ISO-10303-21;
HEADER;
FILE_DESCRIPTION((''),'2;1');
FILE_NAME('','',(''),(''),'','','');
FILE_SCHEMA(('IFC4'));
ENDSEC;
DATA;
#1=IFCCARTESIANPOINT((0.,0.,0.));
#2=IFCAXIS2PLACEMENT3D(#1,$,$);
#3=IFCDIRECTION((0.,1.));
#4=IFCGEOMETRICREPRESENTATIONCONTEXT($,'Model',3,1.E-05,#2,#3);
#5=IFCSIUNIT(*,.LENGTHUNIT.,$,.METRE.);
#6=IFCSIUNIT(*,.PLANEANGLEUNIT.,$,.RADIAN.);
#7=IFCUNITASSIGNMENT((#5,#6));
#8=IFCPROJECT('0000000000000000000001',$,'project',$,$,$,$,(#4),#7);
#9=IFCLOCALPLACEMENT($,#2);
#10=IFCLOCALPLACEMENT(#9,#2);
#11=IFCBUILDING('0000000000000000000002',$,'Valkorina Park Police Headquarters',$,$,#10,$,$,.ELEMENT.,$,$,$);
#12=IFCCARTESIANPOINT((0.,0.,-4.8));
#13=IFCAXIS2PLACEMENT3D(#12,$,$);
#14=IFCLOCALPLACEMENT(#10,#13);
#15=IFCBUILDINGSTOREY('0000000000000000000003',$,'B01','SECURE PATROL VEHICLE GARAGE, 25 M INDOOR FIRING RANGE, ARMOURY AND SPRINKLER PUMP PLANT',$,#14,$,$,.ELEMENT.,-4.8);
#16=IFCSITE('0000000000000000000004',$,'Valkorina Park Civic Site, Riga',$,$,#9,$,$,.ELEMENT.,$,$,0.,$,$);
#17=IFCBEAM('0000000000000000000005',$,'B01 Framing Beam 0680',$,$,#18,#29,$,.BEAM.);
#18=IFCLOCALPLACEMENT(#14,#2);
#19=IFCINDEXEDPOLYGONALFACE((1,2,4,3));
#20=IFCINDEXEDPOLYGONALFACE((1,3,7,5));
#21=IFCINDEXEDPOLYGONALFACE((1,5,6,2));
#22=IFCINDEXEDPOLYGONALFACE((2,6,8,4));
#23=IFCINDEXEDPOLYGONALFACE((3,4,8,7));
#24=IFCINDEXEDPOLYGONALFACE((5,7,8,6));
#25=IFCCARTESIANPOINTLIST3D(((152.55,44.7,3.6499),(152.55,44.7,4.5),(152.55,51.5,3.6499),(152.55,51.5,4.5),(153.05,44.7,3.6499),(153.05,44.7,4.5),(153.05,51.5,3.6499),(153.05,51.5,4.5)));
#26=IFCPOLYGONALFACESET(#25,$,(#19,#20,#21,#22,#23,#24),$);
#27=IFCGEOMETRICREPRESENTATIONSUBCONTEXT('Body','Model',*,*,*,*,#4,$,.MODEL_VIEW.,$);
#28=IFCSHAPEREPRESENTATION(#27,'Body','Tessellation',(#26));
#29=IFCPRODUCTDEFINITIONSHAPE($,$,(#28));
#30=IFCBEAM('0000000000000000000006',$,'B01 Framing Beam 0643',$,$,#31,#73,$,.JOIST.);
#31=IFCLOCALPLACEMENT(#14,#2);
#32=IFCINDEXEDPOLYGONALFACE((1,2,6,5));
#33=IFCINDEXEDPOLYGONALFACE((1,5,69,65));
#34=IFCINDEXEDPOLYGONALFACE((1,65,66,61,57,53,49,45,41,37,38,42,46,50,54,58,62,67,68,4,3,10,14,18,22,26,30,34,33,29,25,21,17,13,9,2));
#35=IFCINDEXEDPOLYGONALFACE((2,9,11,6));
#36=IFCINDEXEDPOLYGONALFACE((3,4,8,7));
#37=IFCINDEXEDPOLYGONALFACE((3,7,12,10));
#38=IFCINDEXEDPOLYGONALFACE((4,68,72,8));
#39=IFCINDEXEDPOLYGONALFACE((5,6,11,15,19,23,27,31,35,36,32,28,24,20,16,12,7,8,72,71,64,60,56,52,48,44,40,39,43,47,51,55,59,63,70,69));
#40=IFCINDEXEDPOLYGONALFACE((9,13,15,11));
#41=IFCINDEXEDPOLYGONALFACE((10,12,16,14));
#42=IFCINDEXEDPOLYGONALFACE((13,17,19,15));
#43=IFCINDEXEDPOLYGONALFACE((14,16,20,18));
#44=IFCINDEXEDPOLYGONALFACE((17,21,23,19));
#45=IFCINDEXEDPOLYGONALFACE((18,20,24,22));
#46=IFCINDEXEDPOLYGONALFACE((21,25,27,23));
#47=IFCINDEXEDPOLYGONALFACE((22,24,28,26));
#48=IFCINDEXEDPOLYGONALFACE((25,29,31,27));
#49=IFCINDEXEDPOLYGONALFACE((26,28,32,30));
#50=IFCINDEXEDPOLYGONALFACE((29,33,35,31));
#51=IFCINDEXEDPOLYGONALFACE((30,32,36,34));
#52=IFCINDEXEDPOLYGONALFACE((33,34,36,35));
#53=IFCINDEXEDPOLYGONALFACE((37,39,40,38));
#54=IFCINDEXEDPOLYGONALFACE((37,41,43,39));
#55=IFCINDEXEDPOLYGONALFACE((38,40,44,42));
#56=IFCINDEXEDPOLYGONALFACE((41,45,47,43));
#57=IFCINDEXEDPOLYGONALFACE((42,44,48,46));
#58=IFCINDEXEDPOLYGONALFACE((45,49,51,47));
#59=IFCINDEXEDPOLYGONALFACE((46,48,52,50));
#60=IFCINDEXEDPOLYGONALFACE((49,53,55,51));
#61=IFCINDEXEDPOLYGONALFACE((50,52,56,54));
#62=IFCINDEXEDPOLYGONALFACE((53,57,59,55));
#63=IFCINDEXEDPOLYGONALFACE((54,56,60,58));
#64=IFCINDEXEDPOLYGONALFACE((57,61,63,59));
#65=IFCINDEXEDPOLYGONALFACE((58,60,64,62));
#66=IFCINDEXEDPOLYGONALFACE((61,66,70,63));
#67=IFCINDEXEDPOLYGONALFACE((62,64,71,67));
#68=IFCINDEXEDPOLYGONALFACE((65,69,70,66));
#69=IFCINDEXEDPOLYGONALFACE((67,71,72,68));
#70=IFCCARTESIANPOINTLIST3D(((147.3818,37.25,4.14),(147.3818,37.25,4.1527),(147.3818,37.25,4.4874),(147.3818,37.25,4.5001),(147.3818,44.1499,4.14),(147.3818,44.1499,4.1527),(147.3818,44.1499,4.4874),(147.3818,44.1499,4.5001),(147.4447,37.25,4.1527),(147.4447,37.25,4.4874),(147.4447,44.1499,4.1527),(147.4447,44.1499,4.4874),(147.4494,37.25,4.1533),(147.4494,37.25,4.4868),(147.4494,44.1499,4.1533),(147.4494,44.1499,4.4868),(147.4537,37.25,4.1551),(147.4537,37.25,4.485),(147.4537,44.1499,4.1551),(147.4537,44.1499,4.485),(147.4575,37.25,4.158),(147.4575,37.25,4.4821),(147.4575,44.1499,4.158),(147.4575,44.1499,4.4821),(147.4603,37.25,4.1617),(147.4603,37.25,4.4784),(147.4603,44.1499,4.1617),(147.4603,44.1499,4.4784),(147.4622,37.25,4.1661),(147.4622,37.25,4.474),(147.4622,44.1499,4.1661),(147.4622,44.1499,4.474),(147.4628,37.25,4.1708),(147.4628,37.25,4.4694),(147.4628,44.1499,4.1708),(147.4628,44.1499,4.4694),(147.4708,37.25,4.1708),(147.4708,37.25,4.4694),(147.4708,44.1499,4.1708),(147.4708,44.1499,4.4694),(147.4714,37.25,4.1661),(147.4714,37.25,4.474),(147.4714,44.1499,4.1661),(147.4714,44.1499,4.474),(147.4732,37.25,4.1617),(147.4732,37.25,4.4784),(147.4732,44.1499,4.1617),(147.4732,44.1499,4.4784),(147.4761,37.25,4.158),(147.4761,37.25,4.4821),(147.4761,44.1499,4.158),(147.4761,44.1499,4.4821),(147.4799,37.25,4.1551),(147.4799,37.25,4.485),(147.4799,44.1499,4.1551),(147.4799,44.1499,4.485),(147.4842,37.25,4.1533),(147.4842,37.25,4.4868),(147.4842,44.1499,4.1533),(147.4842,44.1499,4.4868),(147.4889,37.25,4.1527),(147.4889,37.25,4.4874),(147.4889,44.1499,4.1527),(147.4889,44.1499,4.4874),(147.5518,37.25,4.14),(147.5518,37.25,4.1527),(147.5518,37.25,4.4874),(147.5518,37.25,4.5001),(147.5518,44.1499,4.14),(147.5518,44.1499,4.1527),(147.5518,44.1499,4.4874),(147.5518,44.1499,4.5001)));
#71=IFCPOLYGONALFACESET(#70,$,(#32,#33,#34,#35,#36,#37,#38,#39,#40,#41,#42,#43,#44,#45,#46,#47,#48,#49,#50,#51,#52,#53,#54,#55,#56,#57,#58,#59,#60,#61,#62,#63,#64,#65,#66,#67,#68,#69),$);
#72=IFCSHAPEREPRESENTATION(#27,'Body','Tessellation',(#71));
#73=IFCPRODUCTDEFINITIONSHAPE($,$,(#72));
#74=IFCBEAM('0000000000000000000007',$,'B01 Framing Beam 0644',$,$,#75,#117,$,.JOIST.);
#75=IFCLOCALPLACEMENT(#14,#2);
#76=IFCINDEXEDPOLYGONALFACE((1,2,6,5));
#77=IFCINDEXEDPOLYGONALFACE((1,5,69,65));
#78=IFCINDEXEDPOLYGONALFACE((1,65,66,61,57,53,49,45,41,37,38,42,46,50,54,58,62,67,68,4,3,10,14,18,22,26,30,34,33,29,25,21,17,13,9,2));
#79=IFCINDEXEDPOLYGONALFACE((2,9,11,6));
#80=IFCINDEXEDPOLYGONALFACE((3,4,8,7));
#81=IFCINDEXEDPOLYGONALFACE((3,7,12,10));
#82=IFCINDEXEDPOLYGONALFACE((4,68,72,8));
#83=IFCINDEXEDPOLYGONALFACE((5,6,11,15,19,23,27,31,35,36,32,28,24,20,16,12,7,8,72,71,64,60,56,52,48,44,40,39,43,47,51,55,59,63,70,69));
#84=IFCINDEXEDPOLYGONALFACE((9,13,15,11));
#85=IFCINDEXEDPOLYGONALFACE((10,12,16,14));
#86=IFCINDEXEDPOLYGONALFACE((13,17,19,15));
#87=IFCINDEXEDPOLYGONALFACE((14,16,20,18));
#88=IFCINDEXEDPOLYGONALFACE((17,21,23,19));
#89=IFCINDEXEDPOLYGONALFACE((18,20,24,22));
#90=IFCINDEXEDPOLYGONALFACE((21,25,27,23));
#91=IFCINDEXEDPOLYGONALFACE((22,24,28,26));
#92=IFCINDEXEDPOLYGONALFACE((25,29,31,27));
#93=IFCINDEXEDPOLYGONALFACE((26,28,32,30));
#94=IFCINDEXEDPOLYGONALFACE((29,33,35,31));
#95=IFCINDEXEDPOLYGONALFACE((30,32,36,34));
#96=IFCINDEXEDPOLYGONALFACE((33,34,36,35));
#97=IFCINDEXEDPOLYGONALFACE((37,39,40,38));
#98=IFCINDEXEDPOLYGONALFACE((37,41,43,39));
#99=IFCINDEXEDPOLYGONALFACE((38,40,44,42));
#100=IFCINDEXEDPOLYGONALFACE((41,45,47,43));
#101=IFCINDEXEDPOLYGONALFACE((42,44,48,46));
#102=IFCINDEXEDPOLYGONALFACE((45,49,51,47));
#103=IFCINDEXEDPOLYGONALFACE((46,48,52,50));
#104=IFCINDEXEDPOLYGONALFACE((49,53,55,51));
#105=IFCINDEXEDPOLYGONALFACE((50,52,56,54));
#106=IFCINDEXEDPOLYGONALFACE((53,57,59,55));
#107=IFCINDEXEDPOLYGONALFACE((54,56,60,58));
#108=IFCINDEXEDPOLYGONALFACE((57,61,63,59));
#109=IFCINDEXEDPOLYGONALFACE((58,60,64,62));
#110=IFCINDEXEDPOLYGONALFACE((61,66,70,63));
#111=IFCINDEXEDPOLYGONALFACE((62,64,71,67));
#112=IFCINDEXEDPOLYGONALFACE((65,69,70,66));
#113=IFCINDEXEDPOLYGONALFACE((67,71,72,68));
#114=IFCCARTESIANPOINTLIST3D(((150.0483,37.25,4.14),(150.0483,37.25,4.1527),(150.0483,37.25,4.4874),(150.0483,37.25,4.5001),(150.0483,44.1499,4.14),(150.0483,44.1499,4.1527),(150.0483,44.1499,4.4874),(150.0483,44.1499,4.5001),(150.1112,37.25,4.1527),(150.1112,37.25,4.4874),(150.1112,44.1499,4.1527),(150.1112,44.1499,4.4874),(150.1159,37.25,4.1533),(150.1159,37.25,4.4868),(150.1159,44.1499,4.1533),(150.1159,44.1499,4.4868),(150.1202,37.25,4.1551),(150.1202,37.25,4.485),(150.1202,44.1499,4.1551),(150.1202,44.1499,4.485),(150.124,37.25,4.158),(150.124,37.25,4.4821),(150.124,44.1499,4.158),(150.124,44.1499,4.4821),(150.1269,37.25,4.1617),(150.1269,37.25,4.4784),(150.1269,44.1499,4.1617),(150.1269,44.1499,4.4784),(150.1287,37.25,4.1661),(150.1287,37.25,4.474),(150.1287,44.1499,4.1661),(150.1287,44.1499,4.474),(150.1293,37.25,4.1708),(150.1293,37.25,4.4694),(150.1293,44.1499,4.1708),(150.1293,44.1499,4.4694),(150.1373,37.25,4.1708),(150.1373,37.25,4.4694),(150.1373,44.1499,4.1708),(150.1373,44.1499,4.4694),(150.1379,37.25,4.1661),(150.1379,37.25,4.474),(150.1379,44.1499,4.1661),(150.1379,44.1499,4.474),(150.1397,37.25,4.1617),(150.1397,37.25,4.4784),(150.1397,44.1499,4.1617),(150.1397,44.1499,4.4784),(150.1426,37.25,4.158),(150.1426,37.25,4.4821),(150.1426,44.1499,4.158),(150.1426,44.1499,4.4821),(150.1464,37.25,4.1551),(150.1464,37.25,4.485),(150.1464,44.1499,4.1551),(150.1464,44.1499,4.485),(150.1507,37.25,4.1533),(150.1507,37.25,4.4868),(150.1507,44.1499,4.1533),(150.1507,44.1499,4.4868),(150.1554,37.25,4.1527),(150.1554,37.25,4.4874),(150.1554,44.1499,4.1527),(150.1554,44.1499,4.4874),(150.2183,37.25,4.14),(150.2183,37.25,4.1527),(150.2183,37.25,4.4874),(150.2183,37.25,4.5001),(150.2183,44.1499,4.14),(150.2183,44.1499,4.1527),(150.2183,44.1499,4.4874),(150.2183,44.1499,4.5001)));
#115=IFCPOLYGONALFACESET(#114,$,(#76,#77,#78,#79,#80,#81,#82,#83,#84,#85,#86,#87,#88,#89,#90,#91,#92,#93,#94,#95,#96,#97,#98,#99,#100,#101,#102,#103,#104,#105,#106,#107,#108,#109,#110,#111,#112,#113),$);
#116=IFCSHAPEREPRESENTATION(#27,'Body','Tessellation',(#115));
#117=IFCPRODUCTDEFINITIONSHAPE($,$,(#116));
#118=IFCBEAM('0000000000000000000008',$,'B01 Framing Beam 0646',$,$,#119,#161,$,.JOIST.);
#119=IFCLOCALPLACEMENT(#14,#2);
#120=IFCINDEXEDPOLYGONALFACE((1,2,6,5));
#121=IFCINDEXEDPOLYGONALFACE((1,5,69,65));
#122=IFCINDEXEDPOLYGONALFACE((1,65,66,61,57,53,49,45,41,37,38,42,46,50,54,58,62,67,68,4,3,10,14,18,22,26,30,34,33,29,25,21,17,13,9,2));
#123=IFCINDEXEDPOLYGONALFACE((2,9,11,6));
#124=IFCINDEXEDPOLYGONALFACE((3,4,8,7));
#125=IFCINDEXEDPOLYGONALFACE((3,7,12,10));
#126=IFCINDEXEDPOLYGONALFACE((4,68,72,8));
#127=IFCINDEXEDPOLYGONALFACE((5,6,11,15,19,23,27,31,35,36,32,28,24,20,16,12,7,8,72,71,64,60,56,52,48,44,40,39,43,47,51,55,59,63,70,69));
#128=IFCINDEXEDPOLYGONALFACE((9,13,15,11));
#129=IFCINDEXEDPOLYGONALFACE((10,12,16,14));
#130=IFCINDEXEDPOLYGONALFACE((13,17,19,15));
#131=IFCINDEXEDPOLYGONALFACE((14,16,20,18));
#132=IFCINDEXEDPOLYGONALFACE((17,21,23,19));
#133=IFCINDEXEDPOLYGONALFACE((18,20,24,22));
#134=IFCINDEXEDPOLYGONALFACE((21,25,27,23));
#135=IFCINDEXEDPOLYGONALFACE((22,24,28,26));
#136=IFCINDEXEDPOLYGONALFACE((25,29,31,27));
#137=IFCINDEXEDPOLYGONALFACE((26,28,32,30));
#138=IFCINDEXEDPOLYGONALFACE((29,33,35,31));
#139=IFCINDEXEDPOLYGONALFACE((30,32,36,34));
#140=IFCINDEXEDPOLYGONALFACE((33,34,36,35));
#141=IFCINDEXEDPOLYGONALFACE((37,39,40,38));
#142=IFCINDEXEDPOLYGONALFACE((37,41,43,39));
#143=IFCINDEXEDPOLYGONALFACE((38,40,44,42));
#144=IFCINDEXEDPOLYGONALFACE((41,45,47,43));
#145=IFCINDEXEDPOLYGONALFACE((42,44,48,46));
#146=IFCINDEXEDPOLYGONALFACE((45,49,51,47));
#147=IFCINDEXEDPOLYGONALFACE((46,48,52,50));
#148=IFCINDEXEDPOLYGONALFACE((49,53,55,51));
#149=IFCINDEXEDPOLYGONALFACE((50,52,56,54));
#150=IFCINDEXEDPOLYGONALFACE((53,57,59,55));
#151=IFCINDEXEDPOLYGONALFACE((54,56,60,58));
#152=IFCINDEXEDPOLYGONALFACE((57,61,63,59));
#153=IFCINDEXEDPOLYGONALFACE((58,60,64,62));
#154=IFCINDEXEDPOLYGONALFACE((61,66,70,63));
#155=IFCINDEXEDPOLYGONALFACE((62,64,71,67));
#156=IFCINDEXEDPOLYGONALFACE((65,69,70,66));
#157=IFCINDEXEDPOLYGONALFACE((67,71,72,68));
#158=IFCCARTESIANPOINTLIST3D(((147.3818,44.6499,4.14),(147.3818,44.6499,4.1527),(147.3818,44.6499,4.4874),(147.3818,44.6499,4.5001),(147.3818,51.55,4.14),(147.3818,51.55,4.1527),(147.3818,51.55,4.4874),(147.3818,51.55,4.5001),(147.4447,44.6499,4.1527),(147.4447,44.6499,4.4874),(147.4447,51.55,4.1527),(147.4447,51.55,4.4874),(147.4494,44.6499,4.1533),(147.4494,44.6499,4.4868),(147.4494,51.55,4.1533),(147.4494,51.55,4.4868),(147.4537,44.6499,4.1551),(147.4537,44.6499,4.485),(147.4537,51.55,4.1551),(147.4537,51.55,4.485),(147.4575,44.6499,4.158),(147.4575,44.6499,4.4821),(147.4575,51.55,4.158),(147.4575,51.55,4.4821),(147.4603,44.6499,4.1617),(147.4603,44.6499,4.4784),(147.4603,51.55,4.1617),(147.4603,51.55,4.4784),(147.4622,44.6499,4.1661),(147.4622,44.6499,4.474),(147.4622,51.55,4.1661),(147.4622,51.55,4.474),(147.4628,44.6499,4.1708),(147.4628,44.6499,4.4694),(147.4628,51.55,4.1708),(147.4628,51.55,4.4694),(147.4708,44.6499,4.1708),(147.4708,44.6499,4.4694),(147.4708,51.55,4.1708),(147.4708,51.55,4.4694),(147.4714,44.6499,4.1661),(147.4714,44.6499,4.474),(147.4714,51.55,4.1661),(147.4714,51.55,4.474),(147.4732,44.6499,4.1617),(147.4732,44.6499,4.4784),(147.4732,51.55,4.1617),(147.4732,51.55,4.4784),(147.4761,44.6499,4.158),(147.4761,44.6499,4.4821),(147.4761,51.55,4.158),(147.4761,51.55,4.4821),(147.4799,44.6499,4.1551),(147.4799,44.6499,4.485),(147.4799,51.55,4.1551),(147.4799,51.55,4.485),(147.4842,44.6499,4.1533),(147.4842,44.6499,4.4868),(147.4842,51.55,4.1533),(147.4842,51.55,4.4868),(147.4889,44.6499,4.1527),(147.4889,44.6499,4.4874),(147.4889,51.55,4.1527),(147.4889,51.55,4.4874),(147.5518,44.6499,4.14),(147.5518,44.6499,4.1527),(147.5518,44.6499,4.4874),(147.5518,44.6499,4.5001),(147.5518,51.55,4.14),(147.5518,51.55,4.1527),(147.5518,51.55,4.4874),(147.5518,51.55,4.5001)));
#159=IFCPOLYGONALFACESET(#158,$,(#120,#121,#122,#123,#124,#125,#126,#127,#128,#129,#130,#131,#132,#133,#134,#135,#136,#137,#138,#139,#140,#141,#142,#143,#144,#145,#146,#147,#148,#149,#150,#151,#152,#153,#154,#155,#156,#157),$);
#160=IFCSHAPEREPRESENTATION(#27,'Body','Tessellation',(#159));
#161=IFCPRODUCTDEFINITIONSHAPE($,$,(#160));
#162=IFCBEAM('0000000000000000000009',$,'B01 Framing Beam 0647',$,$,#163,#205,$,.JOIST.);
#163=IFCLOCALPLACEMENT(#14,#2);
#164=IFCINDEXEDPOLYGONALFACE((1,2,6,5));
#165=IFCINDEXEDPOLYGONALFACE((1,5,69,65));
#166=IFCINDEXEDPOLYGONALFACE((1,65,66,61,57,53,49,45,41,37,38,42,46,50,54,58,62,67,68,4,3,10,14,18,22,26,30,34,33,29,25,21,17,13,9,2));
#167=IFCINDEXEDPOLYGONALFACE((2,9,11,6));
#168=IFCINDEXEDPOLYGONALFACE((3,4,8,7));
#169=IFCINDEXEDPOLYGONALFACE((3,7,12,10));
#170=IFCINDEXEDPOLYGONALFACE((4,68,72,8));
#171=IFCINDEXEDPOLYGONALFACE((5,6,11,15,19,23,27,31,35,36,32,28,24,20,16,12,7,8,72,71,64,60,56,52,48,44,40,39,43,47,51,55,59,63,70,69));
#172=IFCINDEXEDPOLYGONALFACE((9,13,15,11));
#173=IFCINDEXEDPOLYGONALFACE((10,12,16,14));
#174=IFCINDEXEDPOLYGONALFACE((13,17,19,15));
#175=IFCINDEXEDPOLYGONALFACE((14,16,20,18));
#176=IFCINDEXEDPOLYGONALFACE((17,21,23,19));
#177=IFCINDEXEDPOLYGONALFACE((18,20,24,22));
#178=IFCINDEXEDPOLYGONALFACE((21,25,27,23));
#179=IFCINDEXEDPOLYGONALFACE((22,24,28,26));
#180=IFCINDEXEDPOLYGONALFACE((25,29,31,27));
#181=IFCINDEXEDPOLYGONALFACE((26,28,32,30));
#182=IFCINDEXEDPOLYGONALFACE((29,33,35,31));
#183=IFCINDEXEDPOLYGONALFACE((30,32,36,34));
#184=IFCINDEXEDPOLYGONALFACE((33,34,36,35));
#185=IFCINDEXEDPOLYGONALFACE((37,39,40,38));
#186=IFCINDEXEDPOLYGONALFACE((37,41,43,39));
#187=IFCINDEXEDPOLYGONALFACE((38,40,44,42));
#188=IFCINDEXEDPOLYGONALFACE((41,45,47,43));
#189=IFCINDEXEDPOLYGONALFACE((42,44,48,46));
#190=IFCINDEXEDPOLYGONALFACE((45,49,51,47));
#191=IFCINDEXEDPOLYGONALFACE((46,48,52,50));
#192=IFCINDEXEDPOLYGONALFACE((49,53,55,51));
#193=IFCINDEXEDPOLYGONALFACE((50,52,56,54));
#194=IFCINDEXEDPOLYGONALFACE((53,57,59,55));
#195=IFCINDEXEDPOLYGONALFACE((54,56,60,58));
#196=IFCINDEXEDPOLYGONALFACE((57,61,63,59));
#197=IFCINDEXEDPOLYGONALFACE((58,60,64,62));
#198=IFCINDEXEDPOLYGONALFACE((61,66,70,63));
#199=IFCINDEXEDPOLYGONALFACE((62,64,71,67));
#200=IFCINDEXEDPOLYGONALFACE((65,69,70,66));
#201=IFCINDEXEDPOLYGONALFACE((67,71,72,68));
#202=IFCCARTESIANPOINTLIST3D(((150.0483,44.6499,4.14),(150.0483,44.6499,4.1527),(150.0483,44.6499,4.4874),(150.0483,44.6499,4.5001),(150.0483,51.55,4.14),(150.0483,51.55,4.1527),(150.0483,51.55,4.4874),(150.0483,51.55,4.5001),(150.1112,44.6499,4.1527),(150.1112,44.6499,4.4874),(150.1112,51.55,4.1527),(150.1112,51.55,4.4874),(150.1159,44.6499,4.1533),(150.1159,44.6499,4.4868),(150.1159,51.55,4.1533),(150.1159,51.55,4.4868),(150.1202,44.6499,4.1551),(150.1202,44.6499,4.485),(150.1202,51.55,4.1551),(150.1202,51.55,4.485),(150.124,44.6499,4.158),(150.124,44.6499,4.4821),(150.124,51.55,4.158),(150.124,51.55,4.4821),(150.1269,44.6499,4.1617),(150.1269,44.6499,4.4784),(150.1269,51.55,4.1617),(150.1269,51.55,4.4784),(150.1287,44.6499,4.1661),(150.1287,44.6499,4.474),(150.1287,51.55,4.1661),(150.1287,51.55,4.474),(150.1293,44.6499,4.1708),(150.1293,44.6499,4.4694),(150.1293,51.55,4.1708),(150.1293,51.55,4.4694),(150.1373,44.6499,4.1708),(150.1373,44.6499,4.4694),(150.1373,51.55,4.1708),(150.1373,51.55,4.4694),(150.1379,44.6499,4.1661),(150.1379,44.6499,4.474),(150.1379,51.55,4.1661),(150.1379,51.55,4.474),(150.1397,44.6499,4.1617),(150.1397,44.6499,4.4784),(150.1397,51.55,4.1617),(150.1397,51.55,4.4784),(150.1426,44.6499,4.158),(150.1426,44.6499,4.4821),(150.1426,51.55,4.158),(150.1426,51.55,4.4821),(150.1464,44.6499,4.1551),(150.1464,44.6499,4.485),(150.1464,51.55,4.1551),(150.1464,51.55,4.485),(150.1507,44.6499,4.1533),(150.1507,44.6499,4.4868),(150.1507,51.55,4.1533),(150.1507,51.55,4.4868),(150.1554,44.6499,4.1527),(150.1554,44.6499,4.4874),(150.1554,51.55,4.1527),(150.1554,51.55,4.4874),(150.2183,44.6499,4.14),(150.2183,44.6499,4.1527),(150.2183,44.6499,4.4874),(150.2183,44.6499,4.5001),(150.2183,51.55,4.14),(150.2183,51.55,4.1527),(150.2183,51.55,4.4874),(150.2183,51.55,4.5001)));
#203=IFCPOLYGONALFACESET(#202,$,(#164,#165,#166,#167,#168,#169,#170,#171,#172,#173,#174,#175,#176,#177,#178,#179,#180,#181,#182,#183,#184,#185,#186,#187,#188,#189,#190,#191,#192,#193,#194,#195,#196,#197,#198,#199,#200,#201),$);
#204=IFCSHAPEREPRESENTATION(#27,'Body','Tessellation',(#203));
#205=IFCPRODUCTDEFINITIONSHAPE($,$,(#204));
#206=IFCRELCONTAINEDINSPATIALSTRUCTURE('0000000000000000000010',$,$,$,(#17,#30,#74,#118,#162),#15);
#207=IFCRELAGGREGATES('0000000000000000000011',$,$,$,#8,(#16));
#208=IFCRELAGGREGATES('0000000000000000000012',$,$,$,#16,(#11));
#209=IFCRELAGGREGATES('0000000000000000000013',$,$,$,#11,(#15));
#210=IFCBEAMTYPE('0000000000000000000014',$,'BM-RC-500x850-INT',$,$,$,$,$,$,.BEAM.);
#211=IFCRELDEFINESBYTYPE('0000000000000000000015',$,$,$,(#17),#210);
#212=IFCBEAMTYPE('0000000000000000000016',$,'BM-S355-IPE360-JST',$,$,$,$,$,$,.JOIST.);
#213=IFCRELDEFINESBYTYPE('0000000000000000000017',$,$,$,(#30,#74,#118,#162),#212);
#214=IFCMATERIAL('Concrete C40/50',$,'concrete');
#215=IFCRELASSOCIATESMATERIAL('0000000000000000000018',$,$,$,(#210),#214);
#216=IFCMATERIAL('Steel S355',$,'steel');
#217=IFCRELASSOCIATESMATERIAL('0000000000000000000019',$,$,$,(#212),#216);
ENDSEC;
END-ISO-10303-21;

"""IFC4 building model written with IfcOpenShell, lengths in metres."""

from ifc_helpers import new_model, si_unit, direction, frame, origin, origin_2d, place, context, subcontext, project, spatial, rectangle, i_section, extrude, material, material_profile, profile_set, type_object, element, save


model = new_model("IFC4")

# Units and contexts
model_context = context("Model", 3, precision=1e-05, world=origin(), true_north=direction((0.0, 1.0)))
body_context = subcontext(model_context, "Body", "Model", "MODEL_VIEW")
ifc_project = project(units=[si_unit("LENGTHUNIT", "METRE"), si_unit("PLANEANGLEUNIT", "RADIAN")], contexts=[model_context])

# Site, building, storey
site_placement = place(None, origin())
site = spatial("IfcSite", under=ifc_project, at=site_placement, Name="Valkorina Park Civic Site, Riga", CompositionType="ELEMENT", RefElevation=0.0)
building_placement = place(site_placement, origin())
building = spatial("IfcBuilding", under=site, at=building_placement, Name="Valkorina Park Police Headquarters", CompositionType="ELEMENT")
storey_placement = place(building_placement, frame((0.0, 0.0, -4.8)))
storey = spatial("IfcBuildingStorey", under=building, at=storey_placement, Name="B01", Description="SECURE PATROL VEHICLE GARAGE, 25 M INDOOR FIRING RANGE, ARMOURY AND SPRINKLER PUMP PLANT", CompositionType="ELEMENT", Elevation=-4.8)

# Shared definitions
ifc_material_1 = material(Name="Concrete C40/50", Category="concrete")

# Beams
ifc_material_profile_1 = material_profile(ifc_material_1, rectangle(XDim=0.5, YDim=0.8501, at=origin_2d()), Name="RC BEAM 500x850")
ifc_profile_set_1 = profile_set([ifc_material_profile_1], Name="Concrete C40/50")
beam_type_1 = type_object("IfcBeamType", Name="BM-RC-500x850-INT", PredefinedType="BEAM", material=ifc_profile_set_1)
for number, where, z_axis, x_axis, name in (
    (1, (152.8, 44.7, 4.075), (0.0, 1.0, 0.0), (-1.0, 0.0, 0.0), "B01 Framing Beam 0680"),
):
    element("IfcBeam", number, at=place(storey_placement, frame(where, z_axis=z_axis, x_axis=x_axis)), inside=storey, type_object=beam_type_1, Name=name, PredefinedType="BEAM", context=body_context, shape_type="SweptSolid", body=[
        extrude(rectangle(XDim=0.5, YDim=0.8501, at=origin_2d()), origin(), (0.0, 0.0, 1.0), 6.8),
    ])
ifc_material_2 = material(Name="Steel S355", Category="steel")
ifc_material_profile_2 = material_profile(ifc_material_2, i_section(OverallWidth=0.1699, OverallDepth=0.3601, WebThickness=0.0081, FlangeThickness=0.0127, FilletRadius=0.0181, at=origin_2d()), Name="IPE 360")
ifc_profile_set_2 = profile_set([ifc_material_profile_2], Name="Steel S355")
beam_type_2 = type_object("IfcBeamType", Name="BM-S355-IPE360-JST", PredefinedType="JOIST", material=ifc_profile_set_2)
for number, where, z_axis, x_axis, name in (
    (2, (147.4668, 37.25, 4.3201), (0.0, 1.0, 0.0), (-1.0, 0.0, 0.0), "B01 Framing Beam 0643"),
    (3, (150.1333, 37.25, 4.3201), (0.0, 1.0, 0.0), (-1.0, 0.0, 0.0), "B01 Framing Beam 0644"),
):
    element("IfcBeam", number, at=place(storey_placement, frame(where, z_axis=z_axis, x_axis=x_axis)), inside=storey, type_object=beam_type_2, Name=name, PredefinedType="JOIST", context=body_context, shape_type="SweptSolid", body=[
        extrude(i_section(OverallWidth=0.1699, OverallDepth=0.3601, WebThickness=0.0081, FlangeThickness=0.0127, FilletRadius=0.0181, at=origin_2d()), origin(), (0.0, 0.0, 1.0), 6.8999),
    ])
for number, where, z_axis, x_axis, name in (
    (4, (147.4668, 44.6499, 4.3201), (0.0, 1.0, 0.0), (-1.0, 0.0, 0.0), "B01 Framing Beam 0646"),
    (5, (150.1333, 44.6499, 4.3201), (0.0, 1.0, 0.0), (-1.0, 0.0, 0.0), "B01 Framing Beam 0647"),
):
    element("IfcBeam", number, at=place(storey_placement, frame(where, z_axis=z_axis, x_axis=x_axis)), inside=storey, type_object=beam_type_2, Name=name, PredefinedType="JOIST", context=body_context, shape_type="SweptSolid", body=[
        extrude(i_section(OverallWidth=0.1699, OverallDepth=0.3601, WebThickness=0.0081, FlangeThickness=0.0127, FilletRadius=0.0181, at=origin_2d()), origin(), (0.0, 0.0, 1.0), 6.9001),
    ])

save(model, "model.ifc")
